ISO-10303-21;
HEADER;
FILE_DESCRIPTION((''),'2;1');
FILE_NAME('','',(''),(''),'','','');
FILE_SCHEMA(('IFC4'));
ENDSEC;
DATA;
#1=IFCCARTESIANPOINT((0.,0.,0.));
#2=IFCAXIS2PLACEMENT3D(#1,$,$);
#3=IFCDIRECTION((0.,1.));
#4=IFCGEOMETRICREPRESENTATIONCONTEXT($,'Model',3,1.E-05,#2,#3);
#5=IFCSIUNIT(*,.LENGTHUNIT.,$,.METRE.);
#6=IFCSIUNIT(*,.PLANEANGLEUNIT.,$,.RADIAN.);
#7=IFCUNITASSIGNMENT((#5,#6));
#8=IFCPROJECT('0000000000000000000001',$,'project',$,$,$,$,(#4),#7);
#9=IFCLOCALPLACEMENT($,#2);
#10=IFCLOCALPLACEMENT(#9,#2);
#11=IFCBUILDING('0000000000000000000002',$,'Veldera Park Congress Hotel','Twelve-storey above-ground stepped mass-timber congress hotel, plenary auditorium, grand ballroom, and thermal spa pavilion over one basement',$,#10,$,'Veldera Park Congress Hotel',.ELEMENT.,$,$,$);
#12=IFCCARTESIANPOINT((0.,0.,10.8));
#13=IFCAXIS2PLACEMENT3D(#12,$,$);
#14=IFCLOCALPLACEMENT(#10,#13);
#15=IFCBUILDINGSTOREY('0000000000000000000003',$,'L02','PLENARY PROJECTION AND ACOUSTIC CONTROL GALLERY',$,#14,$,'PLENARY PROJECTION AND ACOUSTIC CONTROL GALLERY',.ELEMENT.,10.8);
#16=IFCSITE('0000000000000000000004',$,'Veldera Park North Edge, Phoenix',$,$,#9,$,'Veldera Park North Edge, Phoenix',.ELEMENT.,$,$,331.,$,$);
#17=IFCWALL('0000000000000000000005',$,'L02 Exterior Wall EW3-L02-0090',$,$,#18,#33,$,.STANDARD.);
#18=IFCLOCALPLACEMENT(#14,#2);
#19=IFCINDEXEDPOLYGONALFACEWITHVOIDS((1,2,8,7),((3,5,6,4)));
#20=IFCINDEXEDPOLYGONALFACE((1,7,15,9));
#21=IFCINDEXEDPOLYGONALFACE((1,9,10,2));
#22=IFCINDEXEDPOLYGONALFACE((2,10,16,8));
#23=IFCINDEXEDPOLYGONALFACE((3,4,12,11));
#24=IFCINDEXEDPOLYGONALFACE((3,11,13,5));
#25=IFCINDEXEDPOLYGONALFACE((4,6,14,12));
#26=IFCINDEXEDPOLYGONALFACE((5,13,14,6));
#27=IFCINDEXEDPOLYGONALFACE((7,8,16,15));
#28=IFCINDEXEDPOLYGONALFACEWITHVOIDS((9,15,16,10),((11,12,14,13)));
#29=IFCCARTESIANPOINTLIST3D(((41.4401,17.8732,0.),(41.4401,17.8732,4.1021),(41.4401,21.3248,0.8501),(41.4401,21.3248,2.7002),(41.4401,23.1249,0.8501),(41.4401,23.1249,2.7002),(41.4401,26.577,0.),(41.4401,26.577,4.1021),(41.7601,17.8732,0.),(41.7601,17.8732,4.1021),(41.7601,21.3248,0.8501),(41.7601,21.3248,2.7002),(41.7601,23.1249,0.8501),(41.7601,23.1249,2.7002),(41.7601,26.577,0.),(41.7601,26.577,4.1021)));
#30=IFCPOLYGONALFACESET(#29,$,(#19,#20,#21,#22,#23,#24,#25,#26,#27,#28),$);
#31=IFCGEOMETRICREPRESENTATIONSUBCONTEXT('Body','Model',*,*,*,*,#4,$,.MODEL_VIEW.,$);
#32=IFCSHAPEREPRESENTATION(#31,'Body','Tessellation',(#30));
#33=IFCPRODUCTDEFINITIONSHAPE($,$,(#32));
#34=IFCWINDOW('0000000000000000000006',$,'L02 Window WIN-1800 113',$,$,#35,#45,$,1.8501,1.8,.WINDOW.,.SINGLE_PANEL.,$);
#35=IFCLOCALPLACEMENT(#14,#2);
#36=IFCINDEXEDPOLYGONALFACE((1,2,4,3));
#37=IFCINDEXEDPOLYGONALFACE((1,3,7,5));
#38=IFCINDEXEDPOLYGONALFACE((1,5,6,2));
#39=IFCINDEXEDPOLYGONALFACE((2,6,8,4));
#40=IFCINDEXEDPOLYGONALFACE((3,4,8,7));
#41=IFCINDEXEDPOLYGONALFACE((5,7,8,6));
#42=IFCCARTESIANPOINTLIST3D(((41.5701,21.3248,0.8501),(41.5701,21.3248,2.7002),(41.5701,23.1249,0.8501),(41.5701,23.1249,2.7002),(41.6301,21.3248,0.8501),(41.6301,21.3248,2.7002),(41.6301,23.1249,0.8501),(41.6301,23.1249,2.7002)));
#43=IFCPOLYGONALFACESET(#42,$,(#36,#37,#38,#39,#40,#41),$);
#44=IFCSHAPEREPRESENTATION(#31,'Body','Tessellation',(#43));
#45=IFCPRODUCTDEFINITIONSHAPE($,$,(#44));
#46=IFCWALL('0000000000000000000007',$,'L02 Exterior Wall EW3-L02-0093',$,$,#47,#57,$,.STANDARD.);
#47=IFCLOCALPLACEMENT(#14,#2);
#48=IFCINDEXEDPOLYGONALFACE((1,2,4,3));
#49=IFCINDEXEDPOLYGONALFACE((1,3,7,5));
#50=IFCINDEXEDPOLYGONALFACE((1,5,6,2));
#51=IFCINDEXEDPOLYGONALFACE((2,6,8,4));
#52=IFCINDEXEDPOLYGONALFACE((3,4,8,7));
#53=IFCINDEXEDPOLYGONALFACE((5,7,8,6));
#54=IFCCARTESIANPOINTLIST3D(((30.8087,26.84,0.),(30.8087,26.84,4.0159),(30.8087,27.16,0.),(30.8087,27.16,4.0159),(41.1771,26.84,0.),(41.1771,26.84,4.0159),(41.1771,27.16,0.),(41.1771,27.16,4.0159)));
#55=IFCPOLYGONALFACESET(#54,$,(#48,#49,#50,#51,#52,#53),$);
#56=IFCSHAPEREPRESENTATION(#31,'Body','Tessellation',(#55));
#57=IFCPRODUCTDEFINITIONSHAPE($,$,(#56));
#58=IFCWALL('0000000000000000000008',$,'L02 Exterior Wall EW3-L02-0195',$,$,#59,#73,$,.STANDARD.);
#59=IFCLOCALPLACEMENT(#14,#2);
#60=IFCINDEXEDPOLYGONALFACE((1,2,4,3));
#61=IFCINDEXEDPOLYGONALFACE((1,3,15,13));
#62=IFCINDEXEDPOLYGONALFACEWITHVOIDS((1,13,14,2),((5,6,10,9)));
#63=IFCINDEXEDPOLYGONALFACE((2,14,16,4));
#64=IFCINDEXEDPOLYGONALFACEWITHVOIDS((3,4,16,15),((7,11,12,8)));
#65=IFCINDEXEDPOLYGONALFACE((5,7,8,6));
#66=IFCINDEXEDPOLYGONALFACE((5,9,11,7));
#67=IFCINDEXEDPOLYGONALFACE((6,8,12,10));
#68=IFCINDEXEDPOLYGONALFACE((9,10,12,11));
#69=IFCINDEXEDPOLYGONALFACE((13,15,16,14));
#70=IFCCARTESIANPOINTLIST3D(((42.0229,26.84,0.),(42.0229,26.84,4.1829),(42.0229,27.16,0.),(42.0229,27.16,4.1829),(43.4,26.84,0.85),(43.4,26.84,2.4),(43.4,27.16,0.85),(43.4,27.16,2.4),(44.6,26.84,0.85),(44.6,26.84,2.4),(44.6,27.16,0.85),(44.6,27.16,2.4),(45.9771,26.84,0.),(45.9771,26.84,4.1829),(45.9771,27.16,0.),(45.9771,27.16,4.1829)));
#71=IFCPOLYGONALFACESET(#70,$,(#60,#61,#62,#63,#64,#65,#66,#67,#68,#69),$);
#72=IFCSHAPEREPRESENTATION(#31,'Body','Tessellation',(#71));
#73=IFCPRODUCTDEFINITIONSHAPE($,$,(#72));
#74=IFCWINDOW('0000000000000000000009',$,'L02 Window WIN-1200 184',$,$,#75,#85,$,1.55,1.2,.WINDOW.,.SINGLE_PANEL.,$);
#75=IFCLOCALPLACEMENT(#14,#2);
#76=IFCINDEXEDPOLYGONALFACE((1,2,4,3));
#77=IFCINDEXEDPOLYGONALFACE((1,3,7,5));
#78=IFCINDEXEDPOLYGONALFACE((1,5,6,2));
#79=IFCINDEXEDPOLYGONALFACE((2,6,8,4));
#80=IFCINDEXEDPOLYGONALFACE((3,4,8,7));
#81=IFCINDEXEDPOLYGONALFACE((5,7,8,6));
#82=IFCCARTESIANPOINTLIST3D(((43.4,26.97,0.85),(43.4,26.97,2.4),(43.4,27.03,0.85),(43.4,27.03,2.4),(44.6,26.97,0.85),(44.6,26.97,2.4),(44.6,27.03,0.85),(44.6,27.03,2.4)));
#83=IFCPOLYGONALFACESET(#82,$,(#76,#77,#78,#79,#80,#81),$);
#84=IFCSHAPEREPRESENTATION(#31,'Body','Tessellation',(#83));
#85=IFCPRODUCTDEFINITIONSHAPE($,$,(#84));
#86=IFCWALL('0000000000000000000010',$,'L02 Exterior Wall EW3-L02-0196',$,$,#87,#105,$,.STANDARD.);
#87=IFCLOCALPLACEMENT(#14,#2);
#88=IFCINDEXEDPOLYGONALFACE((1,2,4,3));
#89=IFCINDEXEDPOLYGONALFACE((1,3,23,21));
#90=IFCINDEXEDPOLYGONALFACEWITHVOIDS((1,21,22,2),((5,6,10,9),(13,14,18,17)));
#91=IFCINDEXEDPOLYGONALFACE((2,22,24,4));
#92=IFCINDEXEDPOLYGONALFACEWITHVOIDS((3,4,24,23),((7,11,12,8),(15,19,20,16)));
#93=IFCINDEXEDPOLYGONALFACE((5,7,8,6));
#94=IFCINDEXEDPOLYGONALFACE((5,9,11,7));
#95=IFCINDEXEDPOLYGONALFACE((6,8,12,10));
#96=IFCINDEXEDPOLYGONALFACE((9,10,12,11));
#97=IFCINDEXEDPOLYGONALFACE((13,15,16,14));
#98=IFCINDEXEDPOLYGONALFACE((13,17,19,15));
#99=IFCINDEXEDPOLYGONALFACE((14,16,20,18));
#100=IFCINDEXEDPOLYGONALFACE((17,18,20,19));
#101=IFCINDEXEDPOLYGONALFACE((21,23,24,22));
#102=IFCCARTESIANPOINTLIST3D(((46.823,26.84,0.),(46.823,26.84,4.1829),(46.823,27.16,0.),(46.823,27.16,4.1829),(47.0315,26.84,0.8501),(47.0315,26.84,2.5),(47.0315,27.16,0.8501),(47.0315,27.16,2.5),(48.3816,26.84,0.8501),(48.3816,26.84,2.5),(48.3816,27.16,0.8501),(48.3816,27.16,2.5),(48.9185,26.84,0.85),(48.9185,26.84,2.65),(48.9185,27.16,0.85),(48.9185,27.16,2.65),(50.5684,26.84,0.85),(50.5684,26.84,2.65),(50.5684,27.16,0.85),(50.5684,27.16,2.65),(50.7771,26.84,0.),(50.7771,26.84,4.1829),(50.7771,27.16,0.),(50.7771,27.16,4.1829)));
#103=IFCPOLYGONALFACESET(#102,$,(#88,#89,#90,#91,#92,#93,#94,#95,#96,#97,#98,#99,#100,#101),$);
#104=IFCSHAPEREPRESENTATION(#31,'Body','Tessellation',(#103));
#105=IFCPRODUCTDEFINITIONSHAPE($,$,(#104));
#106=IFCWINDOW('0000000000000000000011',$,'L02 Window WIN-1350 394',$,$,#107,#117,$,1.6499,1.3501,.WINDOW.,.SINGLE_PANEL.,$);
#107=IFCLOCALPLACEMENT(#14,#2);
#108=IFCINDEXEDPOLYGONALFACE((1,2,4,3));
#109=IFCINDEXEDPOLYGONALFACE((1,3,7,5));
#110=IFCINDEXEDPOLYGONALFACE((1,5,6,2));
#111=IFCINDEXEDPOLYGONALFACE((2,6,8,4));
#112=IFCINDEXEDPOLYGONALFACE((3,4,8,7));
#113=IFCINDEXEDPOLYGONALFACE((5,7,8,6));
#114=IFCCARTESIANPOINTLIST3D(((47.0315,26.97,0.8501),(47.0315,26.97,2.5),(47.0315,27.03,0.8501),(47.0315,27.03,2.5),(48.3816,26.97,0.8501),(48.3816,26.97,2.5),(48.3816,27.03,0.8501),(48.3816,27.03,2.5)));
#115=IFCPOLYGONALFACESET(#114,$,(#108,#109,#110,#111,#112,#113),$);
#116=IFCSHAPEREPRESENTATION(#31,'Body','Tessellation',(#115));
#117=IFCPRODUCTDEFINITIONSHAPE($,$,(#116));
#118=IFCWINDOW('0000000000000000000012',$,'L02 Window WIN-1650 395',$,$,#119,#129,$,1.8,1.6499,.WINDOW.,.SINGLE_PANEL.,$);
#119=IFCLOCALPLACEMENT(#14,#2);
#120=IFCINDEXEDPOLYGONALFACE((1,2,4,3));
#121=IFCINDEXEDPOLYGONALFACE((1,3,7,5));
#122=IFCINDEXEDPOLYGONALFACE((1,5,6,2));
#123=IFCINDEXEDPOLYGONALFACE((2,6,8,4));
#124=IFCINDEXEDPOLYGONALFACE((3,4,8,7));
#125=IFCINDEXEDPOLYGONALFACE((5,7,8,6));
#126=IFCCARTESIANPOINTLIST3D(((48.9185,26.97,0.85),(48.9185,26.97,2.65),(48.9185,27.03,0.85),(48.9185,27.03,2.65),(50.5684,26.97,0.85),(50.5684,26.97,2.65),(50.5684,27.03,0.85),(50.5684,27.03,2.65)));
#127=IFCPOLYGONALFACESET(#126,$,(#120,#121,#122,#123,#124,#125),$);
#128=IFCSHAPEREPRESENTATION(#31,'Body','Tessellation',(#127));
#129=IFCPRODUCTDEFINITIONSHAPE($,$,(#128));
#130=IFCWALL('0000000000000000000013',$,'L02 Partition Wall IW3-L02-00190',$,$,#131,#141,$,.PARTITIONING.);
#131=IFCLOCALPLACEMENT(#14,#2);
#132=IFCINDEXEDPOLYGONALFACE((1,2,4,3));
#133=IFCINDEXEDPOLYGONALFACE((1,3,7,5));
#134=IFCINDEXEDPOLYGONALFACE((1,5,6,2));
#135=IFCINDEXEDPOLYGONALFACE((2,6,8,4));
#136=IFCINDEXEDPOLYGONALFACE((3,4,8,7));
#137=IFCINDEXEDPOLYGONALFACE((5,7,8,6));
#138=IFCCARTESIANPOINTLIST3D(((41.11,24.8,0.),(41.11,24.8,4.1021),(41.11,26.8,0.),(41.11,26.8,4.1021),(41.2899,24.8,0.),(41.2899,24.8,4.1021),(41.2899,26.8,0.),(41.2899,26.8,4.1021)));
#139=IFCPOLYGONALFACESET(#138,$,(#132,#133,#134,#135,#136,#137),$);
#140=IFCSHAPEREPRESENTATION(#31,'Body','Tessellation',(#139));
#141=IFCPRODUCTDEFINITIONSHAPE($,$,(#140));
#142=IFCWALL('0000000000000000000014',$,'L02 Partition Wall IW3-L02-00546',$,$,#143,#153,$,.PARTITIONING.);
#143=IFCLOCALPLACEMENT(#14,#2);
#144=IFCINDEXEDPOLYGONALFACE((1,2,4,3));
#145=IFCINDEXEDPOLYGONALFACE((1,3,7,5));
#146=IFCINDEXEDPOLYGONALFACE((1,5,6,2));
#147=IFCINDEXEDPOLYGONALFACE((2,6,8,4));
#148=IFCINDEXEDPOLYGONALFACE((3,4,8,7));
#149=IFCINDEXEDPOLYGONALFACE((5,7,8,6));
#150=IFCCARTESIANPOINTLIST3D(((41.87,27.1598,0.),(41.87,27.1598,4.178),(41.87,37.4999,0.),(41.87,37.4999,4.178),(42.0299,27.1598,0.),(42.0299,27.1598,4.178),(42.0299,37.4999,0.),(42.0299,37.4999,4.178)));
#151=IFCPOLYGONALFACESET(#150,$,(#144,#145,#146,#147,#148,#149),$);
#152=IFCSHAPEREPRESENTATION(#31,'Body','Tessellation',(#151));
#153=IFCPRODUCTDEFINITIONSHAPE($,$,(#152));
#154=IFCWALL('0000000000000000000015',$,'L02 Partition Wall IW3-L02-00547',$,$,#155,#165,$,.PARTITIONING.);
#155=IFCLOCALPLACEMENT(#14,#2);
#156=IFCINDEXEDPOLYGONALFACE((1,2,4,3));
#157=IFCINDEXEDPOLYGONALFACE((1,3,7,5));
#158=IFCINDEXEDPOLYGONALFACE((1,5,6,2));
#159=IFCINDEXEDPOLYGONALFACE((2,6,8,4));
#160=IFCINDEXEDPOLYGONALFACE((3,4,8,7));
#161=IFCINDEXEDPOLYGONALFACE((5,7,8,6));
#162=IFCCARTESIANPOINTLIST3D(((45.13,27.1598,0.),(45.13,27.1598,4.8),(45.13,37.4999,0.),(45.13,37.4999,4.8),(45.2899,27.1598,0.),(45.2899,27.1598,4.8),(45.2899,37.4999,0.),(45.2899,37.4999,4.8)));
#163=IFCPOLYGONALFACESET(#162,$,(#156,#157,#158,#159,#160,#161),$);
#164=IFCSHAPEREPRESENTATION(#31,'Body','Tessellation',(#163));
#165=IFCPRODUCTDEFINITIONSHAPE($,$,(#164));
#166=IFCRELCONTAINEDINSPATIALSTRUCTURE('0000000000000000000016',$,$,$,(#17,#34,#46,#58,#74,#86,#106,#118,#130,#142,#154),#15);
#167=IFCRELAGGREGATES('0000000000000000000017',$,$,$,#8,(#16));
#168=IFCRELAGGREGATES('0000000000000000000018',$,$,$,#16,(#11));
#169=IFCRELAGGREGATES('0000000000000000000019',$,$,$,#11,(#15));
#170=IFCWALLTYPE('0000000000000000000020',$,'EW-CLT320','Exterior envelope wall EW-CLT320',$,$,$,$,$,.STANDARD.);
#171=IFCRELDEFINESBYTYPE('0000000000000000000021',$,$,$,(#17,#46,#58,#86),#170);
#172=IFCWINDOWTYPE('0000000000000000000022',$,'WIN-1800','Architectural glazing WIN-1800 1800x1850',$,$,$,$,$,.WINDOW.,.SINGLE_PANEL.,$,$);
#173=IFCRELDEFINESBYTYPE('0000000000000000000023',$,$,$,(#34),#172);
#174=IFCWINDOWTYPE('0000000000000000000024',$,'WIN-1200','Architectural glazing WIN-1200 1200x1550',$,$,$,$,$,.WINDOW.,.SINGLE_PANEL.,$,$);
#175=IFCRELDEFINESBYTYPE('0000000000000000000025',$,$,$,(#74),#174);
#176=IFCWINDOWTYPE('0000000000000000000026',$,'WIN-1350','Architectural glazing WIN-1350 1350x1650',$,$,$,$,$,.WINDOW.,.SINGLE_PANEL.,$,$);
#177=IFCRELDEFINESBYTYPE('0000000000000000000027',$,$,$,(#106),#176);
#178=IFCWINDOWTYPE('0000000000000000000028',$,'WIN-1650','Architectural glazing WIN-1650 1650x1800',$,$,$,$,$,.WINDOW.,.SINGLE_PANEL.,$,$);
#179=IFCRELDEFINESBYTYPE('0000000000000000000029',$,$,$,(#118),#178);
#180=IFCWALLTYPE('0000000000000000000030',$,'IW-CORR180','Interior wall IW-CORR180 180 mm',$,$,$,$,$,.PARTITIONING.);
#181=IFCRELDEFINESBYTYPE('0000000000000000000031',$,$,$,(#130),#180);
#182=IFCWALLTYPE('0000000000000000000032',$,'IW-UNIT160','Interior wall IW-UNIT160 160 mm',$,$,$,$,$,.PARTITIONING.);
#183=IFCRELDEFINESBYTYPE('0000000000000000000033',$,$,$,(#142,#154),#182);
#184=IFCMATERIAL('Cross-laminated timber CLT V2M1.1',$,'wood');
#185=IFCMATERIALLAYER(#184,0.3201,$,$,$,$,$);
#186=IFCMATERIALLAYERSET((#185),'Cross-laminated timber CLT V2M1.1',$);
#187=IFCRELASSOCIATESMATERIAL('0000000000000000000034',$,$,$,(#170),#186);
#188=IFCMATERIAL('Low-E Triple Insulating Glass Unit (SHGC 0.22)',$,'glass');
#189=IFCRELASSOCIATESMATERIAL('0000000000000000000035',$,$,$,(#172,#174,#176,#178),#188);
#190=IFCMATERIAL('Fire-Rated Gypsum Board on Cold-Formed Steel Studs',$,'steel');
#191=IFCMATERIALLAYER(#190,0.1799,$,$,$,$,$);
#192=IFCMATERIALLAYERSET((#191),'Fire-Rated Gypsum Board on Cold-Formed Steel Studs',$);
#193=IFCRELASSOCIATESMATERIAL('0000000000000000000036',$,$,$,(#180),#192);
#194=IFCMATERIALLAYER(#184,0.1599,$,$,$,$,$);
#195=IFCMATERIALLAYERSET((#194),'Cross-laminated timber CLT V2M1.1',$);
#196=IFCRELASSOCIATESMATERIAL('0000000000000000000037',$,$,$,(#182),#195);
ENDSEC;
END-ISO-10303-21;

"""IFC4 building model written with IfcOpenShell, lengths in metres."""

from ifc_helpers import new_model, si_unit, direction, frame, frame_2d, origin, place, context, subcontext, project, spatial, rectangle, extrude, material, layer, layer_set, type_object, element, fill, save


model = new_model("IFC4")

# Units and contexts
model_context = context("Model", 3, precision=1e-05, world=origin(), true_north=direction((0.0, 1.0)))
body_context = subcontext(model_context, "Body", "Model", "MODEL_VIEW")
ifc_project = project(units=[si_unit("LENGTHUNIT", "METRE"), si_unit("PLANEANGLEUNIT", "RADIAN")], contexts=[model_context])

# Site, building, storey
site_placement = place(None, origin())
site = spatial("IfcSite", under=ifc_project, at=site_placement, Name="Veldera Park North Edge, Phoenix", LongName="Veldera Park North Edge, Phoenix", CompositionType="ELEMENT", RefElevation=331.0)
building_placement = place(site_placement, origin())
building = spatial("IfcBuilding", under=site, at=building_placement, Name="Veldera Park Congress Hotel", Description="Twelve-storey above-ground stepped mass-timber congress hotel, plenary auditorium, grand ballroom, and thermal spa pavilion over one basement", LongName="Veldera Park Congress Hotel", CompositionType="ELEMENT")
storey_placement = place(building_placement, frame((0.0, 0.0, 10.8)))
storey = spatial("IfcBuildingStorey", under=building, at=storey_placement, Name="L02", Description="PLENARY PROJECTION AND ACOUSTIC CONTROL GALLERY", LongName="PLENARY PROJECTION AND ACOUSTIC CONTROL GALLERY", CompositionType="ELEMENT", Elevation=10.8)

# Wall, opening, window
ifc_material_1 = material(Name="Cross-laminated timber CLT V2M1.1", Category="wood")
ifc_layer_1 = layer(ifc_material_1, 0.3201)
ifc_layer_set_1 = layer_set([ifc_layer_1], Name="Cross-laminated timber CLT V2M1.1")
wall_type_1 = type_object("IfcWallType", Name="EW-CLT320", Description="Exterior envelope wall EW-CLT320", PredefinedType="STANDARD", material=ifc_layer_set_1)
wall_1_placement = place(storey_placement, frame((41.6001, 17.873, 0.0), z_axis=(0.0, 0.0, 1.0), x_axis=(0.0, 1.0, 0.0)))
wall_1 = element("IfcWall", 1, at=wall_1_placement, inside=storey, type_object=wall_type_1, Name="L02 Exterior Wall EW3-L02-0090", PredefinedType="STANDARD", context=body_context, shape_type="SweptSolid", body=[
    extrude(rectangle(XDim=8.7039, YDim=0.3201, at=frame_2d((4.3521, 0.0))), origin(), (0.0, 0.0, 1.0), 4.1021),
])
opening_1_placement = place(wall_1_placement, frame((3.4519, 0.0, 0.8501)))
opening_1 = element("IfcOpeningElement", 2, at=opening_1_placement, cuts=wall_1, PredefinedType="OPENING", context=body_context, shape_type="SweptSolid", body=[
    extrude(rectangle(XDim=1.8, YDim=1.8501, at=frame_2d((0.8999, 0.925))), frame((0.0, 0.1721, 0.0), z_axis=(0.0, -1.0, 0.0), x_axis=(1.0, 0.0, 0.0)), (0.0, 0.0, 1.0), 0.344),
])
ifc_material_2 = material(Name="Low-E Triple Insulating Glass Unit (SHGC 0.22)", Category="glass")
window_type_1 = type_object("IfcWindowType", Name="WIN-1800", Description="Architectural glazing WIN-1800 1800x1850", PartitioningType="SINGLE_PANEL", PredefinedType="WINDOW", material=ifc_material_2)
window_1_placement = place(opening_1_placement, origin())
window_1 = element("IfcWindow", 3, at=window_1_placement, inside=storey, type_object=window_type_1, Name="L02 Window WIN-1800 113", OverallHeight=1.8501, OverallWidth=1.8, PartitioningType="SINGLE_PANEL", PredefinedType="WINDOW", context=body_context, shape_type="SweptSolid", body=[
    extrude(rectangle(XDim=1.8, YDim=1.8501, at=frame_2d((0.8999, 0.925))), frame((0.0, 0.03, 0.0), z_axis=(0.0, -1.0, 0.0), x_axis=(1.0, 0.0, 0.0)), (0.0, 0.0, 1.0), 0.0601),
])
fill(opening_1, window_1)

# Wall
wall_2_placement = place(storey_placement, frame((41.177, 27.0, 0.0), z_axis=(0.0, 0.0, 1.0), x_axis=(-1.0, 0.0, 0.0)))
element("IfcWall", 4, at=wall_2_placement, inside=storey, type_object=wall_type_1, Name="L02 Exterior Wall EW3-L02-0093", PredefinedType="STANDARD", context=body_context, shape_type="SweptSolid", body=[
    extrude(rectangle(XDim=10.3684, YDim=0.3201, at=frame_2d((5.1841, 0.0))), origin(), (0.0, 0.0, 1.0), 4.0159),
])

# Wall, opening, window
wall_3_placement = place(storey_placement, frame((42.0229, 27.0, 0.0), z_axis=(0.0, 0.0, 1.0), x_axis=(1.0, 0.0, 0.0)))
wall_3 = element("IfcWall", 5, at=wall_3_placement, inside=storey, type_object=wall_type_1, Name="L02 Exterior Wall EW3-L02-0195", PredefinedType="STANDARD", context=body_context, shape_type="SweptSolid", body=[
    extrude(rectangle(XDim=3.9541, YDim=0.3201, at=frame_2d((1.9771, 0.0))), origin(), (0.0, 0.0, 1.0), 4.1829),
])
opening_2_placement = place(wall_3_placement, frame((1.377, 0.0, 0.8501)))
opening_2 = element("IfcOpeningElement", 6, at=opening_2_placement, cuts=wall_3, PredefinedType="OPENING", context=body_context, shape_type="SweptSolid", body=[
    extrude(rectangle(XDim=1.2, YDim=1.55, at=frame_2d((0.6001, 0.7749))), frame((0.0, 0.1721, 0.0), z_axis=(0.0, -1.0, 0.0), x_axis=(1.0, 0.0, 0.0)), (0.0, 0.0, 1.0), 0.344),
])
window_type_2 = type_object("IfcWindowType", Name="WIN-1200", Description="Architectural glazing WIN-1200 1200x1550", PartitioningType="SINGLE_PANEL", PredefinedType="WINDOW", material=ifc_material_2)
window_2_placement = place(opening_2_placement, origin())
window_2 = element("IfcWindow", 7, at=window_2_placement, inside=storey, type_object=window_type_2, Name="L02 Window WIN-1200 184", OverallHeight=1.55, OverallWidth=1.2, PartitioningType="SINGLE_PANEL", PredefinedType="WINDOW", context=body_context, shape_type="SweptSolid", body=[
    extrude(rectangle(XDim=1.2, YDim=1.55, at=frame_2d((0.6001, 0.7749))), frame((0.0, 0.03, 0.0), z_axis=(0.0, -1.0, 0.0), x_axis=(1.0, 0.0, 0.0)), (0.0, 0.0, 1.0), 0.0601),
])
fill(opening_2, window_2)

# Wall, openings, windows
wall_4_placement = place(storey_placement, frame((46.823, 27.0, 0.0), z_axis=(0.0, 0.0, 1.0), x_axis=(1.0, 0.0, 0.0)))
wall_4 = element("IfcWall", 8, at=wall_4_placement, inside=storey, type_object=wall_type_1, Name="L02 Exterior Wall EW3-L02-0196", PredefinedType="STANDARD", context=body_context, shape_type="SweptSolid", body=[
    extrude(rectangle(XDim=3.9541, YDim=0.3201, at=frame_2d((1.9771, 0.0))), origin(), (0.0, 0.0, 1.0), 4.1829),
])
opening_3_placement = place(wall_4_placement, frame((0.2085, 0.0, 0.8501)))
opening_3 = element("IfcOpeningElement", 9, at=opening_3_placement, cuts=wall_4, PredefinedType="OPENING", context=body_context, shape_type="SweptSolid", body=[
    extrude(rectangle(XDim=1.3501, YDim=1.6499, at=frame_2d((0.675, 0.825))), frame((0.0, 0.1721, 0.0), z_axis=(0.0, -1.0, 0.0), x_axis=(1.0, 0.0, 0.0)), (0.0, 0.0, 1.0), 0.344),
])
opening_4_placement = place(wall_4_placement, frame((2.0955, 0.0, 0.8501)))
opening_4 = element("IfcOpeningElement", 10, at=opening_4_placement, cuts=wall_4, PredefinedType="OPENING", context=body_context, shape_type="SweptSolid", body=[
    extrude(rectangle(XDim=1.6499, YDim=1.8, at=frame_2d((0.825, 0.8999))), frame((0.0, 0.1721, 0.0), z_axis=(0.0, -1.0, 0.0), x_axis=(1.0, 0.0, 0.0)), (0.0, 0.0, 1.0), 0.344),
])
window_type_3 = type_object("IfcWindowType", Name="WIN-1350", Description="Architectural glazing WIN-1350 1350x1650", PartitioningType="SINGLE_PANEL", PredefinedType="WINDOW", material=ifc_material_2)
window_3_placement = place(opening_3_placement, origin())
window_3 = element("IfcWindow", 11, at=window_3_placement, inside=storey, type_object=window_type_3, Name="L02 Window WIN-1350 394", OverallHeight=1.6499, OverallWidth=1.3501, PartitioningType="SINGLE_PANEL", PredefinedType="WINDOW", context=body_context, shape_type="SweptSolid", body=[
    extrude(rectangle(XDim=1.3501, YDim=1.6499, at=frame_2d((0.675, 0.825))), frame((0.0, 0.03, 0.0), z_axis=(0.0, -1.0, 0.0), x_axis=(1.0, 0.0, 0.0)), (0.0, 0.0, 1.0), 0.0601),
])
fill(opening_3, window_3)
window_type_4 = type_object("IfcWindowType", Name="WIN-1650", Description="Architectural glazing WIN-1650 1650x1800", PartitioningType="SINGLE_PANEL", PredefinedType="WINDOW", material=ifc_material_2)
window_4_placement = place(opening_4_placement, origin())
window_4 = element("IfcWindow", 12, at=window_4_placement, inside=storey, type_object=window_type_4, Name="L02 Window WIN-1650 395", OverallHeight=1.8, OverallWidth=1.6499, PartitioningType="SINGLE_PANEL", PredefinedType="WINDOW", context=body_context, shape_type="SweptSolid", body=[
    extrude(rectangle(XDim=1.6499, YDim=1.8, at=frame_2d((0.825, 0.8999))), frame((0.0, 0.03, 0.0), z_axis=(0.0, -1.0, 0.0), x_axis=(1.0, 0.0, 0.0)), (0.0, 0.0, 1.0), 0.0601),
])
fill(opening_4, window_4)

# Walls
ifc_material_3 = material(Name="Fire-Rated Gypsum Board on Cold-Formed Steel Studs", Category="steel")
ifc_layer_2 = layer(ifc_material_3, 0.1799)
ifc_layer_set_2 = layer_set([ifc_layer_2], Name="Fire-Rated Gypsum Board on Cold-Formed Steel Studs")
wall_type_2 = type_object("IfcWallType", Name="IW-CORR180", Description="Interior wall IW-CORR180 180 mm", PredefinedType="PARTITIONING", material=ifc_layer_set_2)
wall_5_placement = place(storey_placement, frame((41.2, 24.8, 0.0), z_axis=(0.0, 0.0, 1.0), x_axis=(0.0, 1.0, 0.0)))
element("IfcWall", 13, at=wall_5_placement, inside=storey, type_object=wall_type_2, Name="L02 Partition Wall IW3-L02-00190", PredefinedType="PARTITIONING", context=body_context, shape_type="SweptSolid", body=[
    extrude(rectangle(XDim=2.0, YDim=0.1799, at=frame_2d((1.0, 0.0))), origin(), (0.0, 0.0, 1.0), 4.1021),
])
ifc_layer_3 = layer(ifc_material_1, 0.1599)
ifc_layer_set_3 = layer_set([ifc_layer_3], Name="Cross-laminated timber CLT V2M1.1")
wall_type_3 = type_object("IfcWallType", Name="IW-UNIT160", Description="Interior wall IW-UNIT160 160 mm", PredefinedType="PARTITIONING", material=ifc_layer_set_3)
wall_6_placement = place(storey_placement, frame((41.95, 27.1599, 0.0), z_axis=(0.0, 0.0, 1.0), x_axis=(0.0, 1.0, 0.0)))
element("IfcWall", 14, at=wall_6_placement, inside=storey, type_object=wall_type_3, Name="L02 Partition Wall IW3-L02-00546", PredefinedType="PARTITIONING", context=body_context, shape_type="SweptSolid", body=[
    extrude(rectangle(XDim=10.3401, YDim=0.1599, at=frame_2d((5.1699, 0.0))), origin(), (0.0, 0.0, 1.0), 4.178),
])
wall_7_placement = place(storey_placement, frame((45.21, 27.1599, 0.0), z_axis=(0.0, 0.0, 1.0), x_axis=(0.0, 1.0, 0.0)))
element("IfcWall", 15, at=wall_7_placement, inside=storey, type_object=wall_type_3, Name="L02 Partition Wall IW3-L02-00547", PredefinedType="PARTITIONING", context=body_context, shape_type="SweptSolid", body=[
    extrude(rectangle(XDim=10.3401, YDim=0.1599, at=frame_2d((5.1699, 0.0))), origin(), (0.0, 0.0, 1.0), 4.8),
])

save(model, "model.ifc")
